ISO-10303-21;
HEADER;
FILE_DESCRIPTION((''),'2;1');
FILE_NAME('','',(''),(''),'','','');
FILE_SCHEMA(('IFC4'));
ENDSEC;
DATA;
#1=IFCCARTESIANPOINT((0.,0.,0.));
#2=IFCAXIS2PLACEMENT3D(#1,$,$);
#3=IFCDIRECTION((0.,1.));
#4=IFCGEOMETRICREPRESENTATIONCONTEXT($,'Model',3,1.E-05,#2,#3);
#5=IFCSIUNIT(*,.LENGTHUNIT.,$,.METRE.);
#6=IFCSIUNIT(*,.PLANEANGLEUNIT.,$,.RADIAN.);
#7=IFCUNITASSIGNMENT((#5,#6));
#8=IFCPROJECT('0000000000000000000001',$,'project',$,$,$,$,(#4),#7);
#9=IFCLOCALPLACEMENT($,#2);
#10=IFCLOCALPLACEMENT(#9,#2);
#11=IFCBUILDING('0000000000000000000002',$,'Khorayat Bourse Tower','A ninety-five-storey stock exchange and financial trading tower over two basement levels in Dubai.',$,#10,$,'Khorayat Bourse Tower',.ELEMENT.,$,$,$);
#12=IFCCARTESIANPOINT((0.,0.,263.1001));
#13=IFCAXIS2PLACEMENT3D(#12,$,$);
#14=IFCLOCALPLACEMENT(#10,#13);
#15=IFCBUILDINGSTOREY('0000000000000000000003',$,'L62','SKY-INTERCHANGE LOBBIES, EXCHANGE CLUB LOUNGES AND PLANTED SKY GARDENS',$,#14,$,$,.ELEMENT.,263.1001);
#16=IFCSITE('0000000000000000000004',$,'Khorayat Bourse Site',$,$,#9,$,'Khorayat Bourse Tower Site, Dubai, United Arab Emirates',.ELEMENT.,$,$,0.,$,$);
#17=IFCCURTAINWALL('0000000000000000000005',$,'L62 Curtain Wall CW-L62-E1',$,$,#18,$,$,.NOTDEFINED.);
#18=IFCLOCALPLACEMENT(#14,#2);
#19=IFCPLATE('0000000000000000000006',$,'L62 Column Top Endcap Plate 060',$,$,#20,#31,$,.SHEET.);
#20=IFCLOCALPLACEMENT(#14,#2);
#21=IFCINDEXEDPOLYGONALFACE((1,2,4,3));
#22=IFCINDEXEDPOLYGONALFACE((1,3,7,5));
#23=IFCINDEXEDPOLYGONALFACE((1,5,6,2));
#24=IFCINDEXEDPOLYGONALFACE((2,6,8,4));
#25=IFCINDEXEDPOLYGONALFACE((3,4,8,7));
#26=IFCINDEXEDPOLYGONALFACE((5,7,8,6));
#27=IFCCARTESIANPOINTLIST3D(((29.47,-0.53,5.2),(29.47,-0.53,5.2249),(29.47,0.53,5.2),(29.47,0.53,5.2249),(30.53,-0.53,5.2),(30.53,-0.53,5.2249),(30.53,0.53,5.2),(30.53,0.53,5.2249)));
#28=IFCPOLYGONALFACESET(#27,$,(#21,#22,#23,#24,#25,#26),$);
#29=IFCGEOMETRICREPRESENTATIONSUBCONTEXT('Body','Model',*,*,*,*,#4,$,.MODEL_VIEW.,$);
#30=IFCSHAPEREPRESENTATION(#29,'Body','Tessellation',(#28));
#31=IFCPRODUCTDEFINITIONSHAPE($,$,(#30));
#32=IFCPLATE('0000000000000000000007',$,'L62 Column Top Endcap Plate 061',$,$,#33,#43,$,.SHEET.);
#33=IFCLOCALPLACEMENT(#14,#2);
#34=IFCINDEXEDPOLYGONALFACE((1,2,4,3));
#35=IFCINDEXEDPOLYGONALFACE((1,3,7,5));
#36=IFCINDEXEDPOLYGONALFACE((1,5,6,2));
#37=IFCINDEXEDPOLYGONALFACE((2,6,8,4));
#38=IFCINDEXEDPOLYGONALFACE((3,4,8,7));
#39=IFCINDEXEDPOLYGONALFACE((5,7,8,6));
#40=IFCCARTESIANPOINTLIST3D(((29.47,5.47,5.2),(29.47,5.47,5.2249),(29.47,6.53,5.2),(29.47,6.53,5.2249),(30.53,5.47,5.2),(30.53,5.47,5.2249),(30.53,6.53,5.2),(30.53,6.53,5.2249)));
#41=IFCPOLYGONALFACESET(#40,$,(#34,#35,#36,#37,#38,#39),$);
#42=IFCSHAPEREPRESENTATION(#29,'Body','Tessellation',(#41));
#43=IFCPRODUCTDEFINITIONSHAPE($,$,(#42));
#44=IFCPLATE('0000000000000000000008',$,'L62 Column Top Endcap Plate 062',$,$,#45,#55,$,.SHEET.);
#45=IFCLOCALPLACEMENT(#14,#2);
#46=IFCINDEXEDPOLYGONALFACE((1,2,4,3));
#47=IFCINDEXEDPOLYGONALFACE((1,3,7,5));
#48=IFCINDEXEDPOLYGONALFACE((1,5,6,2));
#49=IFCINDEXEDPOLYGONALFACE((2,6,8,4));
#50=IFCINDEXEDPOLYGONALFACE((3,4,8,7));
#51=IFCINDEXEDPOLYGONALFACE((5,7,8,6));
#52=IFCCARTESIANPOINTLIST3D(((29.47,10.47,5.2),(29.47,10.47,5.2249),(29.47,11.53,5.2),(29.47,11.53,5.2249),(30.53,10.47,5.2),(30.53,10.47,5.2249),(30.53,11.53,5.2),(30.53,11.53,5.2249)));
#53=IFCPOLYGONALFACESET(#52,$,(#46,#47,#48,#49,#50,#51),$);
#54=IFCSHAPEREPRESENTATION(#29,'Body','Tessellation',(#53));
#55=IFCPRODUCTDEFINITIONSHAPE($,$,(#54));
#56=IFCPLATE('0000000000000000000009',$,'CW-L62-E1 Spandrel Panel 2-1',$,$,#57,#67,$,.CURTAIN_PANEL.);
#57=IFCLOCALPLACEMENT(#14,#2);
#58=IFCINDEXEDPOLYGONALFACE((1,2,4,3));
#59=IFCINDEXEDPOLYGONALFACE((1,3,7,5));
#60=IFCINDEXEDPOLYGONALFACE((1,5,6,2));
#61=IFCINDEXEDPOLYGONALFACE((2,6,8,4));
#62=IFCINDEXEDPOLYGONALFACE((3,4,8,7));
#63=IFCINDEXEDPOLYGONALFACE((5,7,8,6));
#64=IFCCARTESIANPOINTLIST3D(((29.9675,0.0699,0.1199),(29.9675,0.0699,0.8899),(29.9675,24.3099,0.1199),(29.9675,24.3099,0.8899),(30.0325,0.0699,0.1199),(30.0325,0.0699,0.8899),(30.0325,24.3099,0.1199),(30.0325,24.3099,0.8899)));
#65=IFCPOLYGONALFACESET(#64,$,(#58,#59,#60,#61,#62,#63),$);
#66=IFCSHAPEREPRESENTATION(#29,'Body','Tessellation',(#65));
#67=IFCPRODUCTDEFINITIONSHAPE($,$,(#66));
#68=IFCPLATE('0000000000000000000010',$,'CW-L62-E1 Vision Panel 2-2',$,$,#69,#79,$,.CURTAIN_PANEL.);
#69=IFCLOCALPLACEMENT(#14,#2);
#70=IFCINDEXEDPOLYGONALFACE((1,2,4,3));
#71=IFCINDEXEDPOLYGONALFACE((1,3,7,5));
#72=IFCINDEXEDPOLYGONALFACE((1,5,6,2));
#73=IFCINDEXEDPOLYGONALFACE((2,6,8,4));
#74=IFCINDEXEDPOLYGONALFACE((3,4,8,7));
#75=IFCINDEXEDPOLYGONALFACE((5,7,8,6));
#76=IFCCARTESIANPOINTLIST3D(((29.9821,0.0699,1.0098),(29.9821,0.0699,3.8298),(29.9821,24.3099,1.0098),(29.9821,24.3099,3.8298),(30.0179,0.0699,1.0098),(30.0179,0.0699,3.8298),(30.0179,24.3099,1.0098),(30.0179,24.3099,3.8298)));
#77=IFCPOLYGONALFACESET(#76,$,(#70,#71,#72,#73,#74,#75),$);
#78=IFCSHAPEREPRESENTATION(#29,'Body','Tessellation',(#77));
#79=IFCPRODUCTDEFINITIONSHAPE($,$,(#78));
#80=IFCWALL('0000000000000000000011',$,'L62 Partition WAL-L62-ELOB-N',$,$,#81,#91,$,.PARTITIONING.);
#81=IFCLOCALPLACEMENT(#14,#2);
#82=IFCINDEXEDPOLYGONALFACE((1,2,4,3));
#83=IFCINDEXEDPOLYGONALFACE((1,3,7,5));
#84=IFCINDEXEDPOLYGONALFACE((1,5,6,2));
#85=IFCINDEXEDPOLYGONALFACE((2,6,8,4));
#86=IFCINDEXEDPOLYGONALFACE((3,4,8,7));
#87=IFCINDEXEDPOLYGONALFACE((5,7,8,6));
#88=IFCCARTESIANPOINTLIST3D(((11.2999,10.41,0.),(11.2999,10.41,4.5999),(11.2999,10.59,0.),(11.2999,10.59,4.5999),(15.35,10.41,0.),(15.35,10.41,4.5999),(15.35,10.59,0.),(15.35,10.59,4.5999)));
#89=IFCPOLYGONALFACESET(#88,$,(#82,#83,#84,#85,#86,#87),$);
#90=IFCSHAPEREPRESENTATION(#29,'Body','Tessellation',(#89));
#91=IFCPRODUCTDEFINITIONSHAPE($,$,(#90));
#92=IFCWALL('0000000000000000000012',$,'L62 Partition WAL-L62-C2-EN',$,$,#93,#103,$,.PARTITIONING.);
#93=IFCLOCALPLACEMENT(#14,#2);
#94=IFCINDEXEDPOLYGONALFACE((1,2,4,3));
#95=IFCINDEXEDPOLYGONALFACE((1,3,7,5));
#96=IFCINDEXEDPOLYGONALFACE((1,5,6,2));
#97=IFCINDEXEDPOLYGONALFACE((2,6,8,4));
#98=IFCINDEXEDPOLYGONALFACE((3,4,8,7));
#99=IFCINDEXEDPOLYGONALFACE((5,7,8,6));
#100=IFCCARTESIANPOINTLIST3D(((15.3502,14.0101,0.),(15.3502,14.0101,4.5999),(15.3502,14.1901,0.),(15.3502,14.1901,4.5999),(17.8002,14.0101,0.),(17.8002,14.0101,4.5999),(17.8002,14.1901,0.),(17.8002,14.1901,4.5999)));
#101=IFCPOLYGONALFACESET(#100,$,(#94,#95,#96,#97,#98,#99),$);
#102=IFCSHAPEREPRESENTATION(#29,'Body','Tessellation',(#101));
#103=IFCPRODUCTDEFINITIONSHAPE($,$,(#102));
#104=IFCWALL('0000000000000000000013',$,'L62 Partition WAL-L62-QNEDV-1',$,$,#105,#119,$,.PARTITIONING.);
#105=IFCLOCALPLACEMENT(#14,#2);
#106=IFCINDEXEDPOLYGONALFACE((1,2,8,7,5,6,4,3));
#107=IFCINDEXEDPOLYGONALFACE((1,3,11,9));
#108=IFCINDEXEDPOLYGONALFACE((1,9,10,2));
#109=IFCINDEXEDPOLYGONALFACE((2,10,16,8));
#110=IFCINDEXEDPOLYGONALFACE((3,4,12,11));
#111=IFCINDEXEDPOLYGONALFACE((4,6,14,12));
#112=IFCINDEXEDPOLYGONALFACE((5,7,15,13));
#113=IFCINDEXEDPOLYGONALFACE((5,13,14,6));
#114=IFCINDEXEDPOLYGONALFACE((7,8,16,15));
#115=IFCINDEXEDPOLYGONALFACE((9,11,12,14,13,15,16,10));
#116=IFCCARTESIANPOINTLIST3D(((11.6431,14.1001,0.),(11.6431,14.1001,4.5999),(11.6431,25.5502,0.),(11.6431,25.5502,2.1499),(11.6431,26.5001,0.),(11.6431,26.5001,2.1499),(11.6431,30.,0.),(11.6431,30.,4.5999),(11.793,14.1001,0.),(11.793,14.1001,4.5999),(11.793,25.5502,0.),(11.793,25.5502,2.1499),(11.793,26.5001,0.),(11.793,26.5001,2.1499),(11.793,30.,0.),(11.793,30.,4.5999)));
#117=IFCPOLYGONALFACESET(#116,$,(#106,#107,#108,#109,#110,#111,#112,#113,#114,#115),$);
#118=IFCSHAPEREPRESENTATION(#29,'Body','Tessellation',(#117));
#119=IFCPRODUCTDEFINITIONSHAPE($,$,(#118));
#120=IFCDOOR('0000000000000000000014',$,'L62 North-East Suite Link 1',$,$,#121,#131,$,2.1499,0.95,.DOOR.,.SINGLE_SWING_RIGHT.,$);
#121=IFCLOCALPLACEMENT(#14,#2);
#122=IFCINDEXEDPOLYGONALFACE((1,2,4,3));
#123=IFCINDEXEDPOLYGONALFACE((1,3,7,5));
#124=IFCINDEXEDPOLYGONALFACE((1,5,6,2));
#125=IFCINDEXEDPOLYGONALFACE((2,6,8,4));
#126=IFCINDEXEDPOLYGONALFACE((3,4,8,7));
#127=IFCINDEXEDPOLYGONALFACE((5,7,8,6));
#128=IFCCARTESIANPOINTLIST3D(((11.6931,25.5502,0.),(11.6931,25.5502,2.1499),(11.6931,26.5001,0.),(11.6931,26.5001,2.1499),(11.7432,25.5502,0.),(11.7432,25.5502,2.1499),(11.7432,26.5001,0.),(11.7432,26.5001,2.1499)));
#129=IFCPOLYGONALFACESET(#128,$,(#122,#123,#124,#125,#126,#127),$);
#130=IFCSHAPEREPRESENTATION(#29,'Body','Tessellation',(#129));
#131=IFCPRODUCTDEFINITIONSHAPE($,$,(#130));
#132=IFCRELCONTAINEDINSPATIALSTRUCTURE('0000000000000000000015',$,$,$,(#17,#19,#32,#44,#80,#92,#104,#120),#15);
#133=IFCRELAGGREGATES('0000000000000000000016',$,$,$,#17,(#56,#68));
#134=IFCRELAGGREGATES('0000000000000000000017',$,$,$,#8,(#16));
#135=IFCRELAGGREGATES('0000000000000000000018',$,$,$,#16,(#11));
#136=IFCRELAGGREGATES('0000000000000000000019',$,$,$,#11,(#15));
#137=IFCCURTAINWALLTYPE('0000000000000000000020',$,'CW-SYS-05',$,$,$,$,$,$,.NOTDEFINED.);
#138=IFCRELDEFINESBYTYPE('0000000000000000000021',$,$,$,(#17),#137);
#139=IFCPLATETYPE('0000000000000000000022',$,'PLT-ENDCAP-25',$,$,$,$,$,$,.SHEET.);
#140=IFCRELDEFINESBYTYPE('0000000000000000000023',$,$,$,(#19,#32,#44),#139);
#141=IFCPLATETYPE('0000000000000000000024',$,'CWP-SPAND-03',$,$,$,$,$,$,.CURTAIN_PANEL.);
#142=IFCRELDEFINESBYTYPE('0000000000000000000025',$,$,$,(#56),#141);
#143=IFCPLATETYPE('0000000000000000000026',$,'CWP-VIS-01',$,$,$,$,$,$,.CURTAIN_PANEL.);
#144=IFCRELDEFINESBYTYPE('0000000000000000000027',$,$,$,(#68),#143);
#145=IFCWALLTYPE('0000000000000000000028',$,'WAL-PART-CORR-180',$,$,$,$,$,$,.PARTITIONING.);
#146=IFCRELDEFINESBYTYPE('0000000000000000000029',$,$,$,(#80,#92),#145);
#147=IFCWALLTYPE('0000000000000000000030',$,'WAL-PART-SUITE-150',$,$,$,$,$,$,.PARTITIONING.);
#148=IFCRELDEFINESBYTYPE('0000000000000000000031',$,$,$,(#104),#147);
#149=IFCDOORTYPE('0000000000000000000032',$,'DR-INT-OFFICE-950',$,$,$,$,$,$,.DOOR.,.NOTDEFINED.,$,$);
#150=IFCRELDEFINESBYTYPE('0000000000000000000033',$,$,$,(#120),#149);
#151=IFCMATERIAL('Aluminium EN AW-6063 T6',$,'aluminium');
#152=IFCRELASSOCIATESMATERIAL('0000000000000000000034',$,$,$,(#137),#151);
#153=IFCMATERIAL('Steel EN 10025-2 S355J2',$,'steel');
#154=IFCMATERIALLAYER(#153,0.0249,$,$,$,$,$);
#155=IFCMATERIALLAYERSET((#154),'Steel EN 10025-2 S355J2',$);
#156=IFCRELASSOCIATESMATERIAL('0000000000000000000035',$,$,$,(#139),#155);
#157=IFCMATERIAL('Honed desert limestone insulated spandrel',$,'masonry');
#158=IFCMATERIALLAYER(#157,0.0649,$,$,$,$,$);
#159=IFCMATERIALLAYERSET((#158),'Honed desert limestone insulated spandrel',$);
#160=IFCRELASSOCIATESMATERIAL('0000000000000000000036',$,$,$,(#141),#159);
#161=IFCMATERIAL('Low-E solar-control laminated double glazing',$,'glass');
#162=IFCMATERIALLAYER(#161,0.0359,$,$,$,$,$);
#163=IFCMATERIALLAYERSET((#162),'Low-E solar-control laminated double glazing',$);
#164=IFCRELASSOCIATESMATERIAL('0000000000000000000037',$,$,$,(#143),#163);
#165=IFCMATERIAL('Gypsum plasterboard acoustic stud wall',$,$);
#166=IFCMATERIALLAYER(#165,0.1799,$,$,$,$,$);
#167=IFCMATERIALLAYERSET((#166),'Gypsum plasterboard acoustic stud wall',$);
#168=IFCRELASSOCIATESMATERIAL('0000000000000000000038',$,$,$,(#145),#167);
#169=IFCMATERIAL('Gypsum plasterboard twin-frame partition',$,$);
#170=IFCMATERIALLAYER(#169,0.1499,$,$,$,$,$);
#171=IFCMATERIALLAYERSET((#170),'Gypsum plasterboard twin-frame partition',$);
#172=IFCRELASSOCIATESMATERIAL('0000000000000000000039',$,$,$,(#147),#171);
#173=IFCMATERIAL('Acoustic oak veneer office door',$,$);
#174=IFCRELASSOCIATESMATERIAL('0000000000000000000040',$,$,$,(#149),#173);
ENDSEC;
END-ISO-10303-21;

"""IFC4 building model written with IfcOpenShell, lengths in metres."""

from ifc_helpers import new_model, si_unit, direction, frame, frame_2d, origin, origin_2d, place, context, subcontext, project, spatial, rectangle, extrude, source, transform, mapped, material, layer, layer_set, type_object, element, fill, aggregate, save


model = new_model("IFC4")

# Units and contexts
model_context = context("Model", 3, precision=1e-05, world=origin(), true_north=direction((0.0, 1.0)))
body_context = subcontext(model_context, "Body", "Model", "MODEL_VIEW")
ifc_project = project(units=[si_unit("LENGTHUNIT", "METRE"), si_unit("PLANEANGLEUNIT", "RADIAN")], contexts=[model_context])

# Site, building, storey
site_placement = place(None, origin())
site = spatial("IfcSite", under=ifc_project, at=site_placement, Name="Khorayat Bourse Site", LongName="Khorayat Bourse Tower Site, Dubai, United Arab Emirates", CompositionType="ELEMENT", RefElevation=0.0)
building_placement = place(site_placement, origin())
building = spatial("IfcBuilding", under=site, at=building_placement, Name="Khorayat Bourse Tower", Description="A ninety-five-storey stock exchange and financial trading tower over two basement levels in Dubai.", LongName="Khorayat Bourse Tower", CompositionType="ELEMENT")
storey_placement = place(building_placement, frame((0.0, 0.0, 263.1001)))
storey = spatial("IfcBuildingStorey", under=building, at=storey_placement, Name="L62", Description="SKY-INTERCHANGE LOBBIES, EXCHANGE CLUB LOUNGES AND PLANTED SKY GARDENS", CompositionType="ELEMENT", Elevation=263.1001)

# Curtain wall
ifc_material_1 = material(Name="Aluminium EN AW-6063 T6", Category="aluminium")
curtain_wall_type = type_object("IfcCurtainWallType", Name="CW-SYS-05", PredefinedType="NOTDEFINED", material=ifc_material_1)
curtain_wall_placement = place(storey_placement, origin())
curtain_wall = element("IfcCurtainWall", 1, at=curtain_wall_placement, inside=storey, type_object=curtain_wall_type, Name="L62 Curtain Wall CW-L62-E1", PredefinedType="NOTDEFINED")

# Plates
ifc_material_2 = material(Name="Steel EN 10025-2 S355J2", Category="steel")
ifc_layer_1 = layer(ifc_material_2, 0.0249)
ifc_layer_set_1 = layer_set([ifc_layer_1], Name="Steel EN 10025-2 S355J2")
plate_type_1 = type_object("IfcPlateType", Name="PLT-ENDCAP-25", PredefinedType="SHEET", material=ifc_layer_set_1)
shared_shape_1 = source(origin(), body_context, "Body", "SweptSolid", [
    extrude(rectangle(XDim=1.0601, YDim=1.0601, at=origin_2d()), origin(), (0.0, 0.0, 1.0), 0.0249),
])
for number, where, z_axis, x_axis, name in (
    (2, (30.0, 0.0, 5.2), (0.0, 0.0, 1.0), (1.0, 0.0, 0.0), "L62 Column Top Endcap Plate 060"),
    (3, (30.0, 6.0, 5.2), (0.0, 0.0, 1.0), (1.0, 0.0, 0.0), "L62 Column Top Endcap Plate 061"),
    (4, (30.0, 11.0, 5.2), (0.0, 0.0, 1.0), (1.0, 0.0, 0.0), "L62 Column Top Endcap Plate 062"),
):
    element("IfcPlate", number, at=place(storey_placement, frame(where, z_axis=z_axis, x_axis=x_axis)), inside=storey, type_object=plate_type_1, Name=name, PredefinedType="SHEET", context=body_context, shape_type="MappedRepresentation", body=[
        mapped(shared_shape_1, transform((0.0, 0.0, 0.0), scale=1.0)),
    ])

# Plates
ifc_material_3 = material(Name="Honed desert limestone insulated spandrel", Category="masonry")
ifc_layer_2 = layer(ifc_material_3, 0.0649)
ifc_layer_set_2 = layer_set([ifc_layer_2], Name="Honed desert limestone insulated spandrel")
plate_type_2 = type_object("IfcPlateType", Name="CWP-SPAND-03", PredefinedType="CURTAIN_PANEL", material=ifc_layer_set_2)
shared_shape_2 = source(origin(), body_context, "Body", "SweptSolid", [
    extrude(rectangle(XDim=24.24, YDim=0.0649, at=origin_2d()), origin(), (0.0, 0.0, 1.0), 0.77),
])
plate_1_placement = place(storey_placement, frame((30.0, 12.1899, 0.1199), z_axis=(0.0, 0.0, 1.0), x_axis=(0.0, 1.0, 0.0)))
plate_1 = element("IfcPlate", 5, at=plate_1_placement, type_object=plate_type_2, Name="CW-L62-E1 Spandrel Panel 2-1", PredefinedType="CURTAIN_PANEL", context=body_context, shape_type="MappedRepresentation", body=[
    mapped(shared_shape_2, transform((0.0, 0.0, 0.0), scale=1.0)),
])
ifc_material_4 = material(Name="Low-E solar-control laminated double glazing", Category="glass")
ifc_layer_3 = layer(ifc_material_4, 0.0359)
ifc_layer_set_3 = layer_set([ifc_layer_3], Name="Low-E solar-control laminated double glazing")
plate_type_3 = type_object("IfcPlateType", Name="CWP-VIS-01", PredefinedType="CURTAIN_PANEL", material=ifc_layer_set_3)
shared_shape_3 = source(origin(), body_context, "Body", "SweptSolid", [
    extrude(rectangle(XDim=24.24, YDim=0.0359, at=origin_2d()), origin(), (0.0, 0.0, 1.0), 2.8201),
])
plate_2_placement = place(storey_placement, frame((30.0, 12.1899, 1.0098), z_axis=(0.0, 0.0, 1.0), x_axis=(0.0, 1.0, 0.0)))
plate_2 = element("IfcPlate", 6, at=plate_2_placement, type_object=plate_type_3, Name="CW-L62-E1 Vision Panel 2-2", PredefinedType="CURTAIN_PANEL", context=body_context, shape_type="MappedRepresentation", body=[
    mapped(shared_shape_3, transform((0.0, 0.0, 0.0), scale=1.0)),
])
aggregate(curtain_wall, [plate_1, plate_2])

# Walls
ifc_material_5 = material(Name="Gypsum plasterboard acoustic stud wall")
ifc_layer_4 = layer(ifc_material_5, 0.1799)
ifc_layer_set_4 = layer_set([ifc_layer_4], Name="Gypsum plasterboard acoustic stud wall")
wall_type_1 = type_object("IfcWallType", Name="WAL-PART-CORR-180", PredefinedType="PARTITIONING", material=ifc_layer_set_4)
shared_shape_4 = source(origin(), body_context, "Body", "SweptSolid", [
    extrude(rectangle(XDim=4.05, YDim=0.1799, at=frame_2d((2.0249, 0.0))), origin(), (0.0, 0.0, 1.0), 4.5999),
])
wall_1_placement = place(storey_placement, frame((11.3, 10.5, 0.0), z_axis=(0.0, 0.0, 1.0), x_axis=(1.0, 0.0, 0.0)))
element("IfcWall", 7, at=wall_1_placement, inside=storey, type_object=wall_type_1, Name="L62 Partition WAL-L62-ELOB-N", PredefinedType="PARTITIONING", context=body_context, shape_type="MappedRepresentation", body=[
    mapped(shared_shape_4, transform((0.0, 0.0, 0.0), scale=1.0)),
])
shared_shape_5 = source(origin(), body_context, "Body", "SweptSolid", [
    extrude(rectangle(XDim=2.45, YDim=0.1799, at=frame_2d((1.2251, 0.0))), origin(), (0.0, 0.0, 1.0), 4.5999),
])
wall_2_placement = place(storey_placement, frame((15.3501, 14.1001, 0.0), z_axis=(0.0, 0.0, 1.0), x_axis=(1.0, 0.0, 0.0)))
element("IfcWall", 8, at=wall_2_placement, inside=storey, type_object=wall_type_1, Name="L62 Partition WAL-L62-C2-EN", PredefinedType="PARTITIONING", context=body_context, shape_type="MappedRepresentation", body=[
    mapped(shared_shape_5, transform((0.0, 0.0, 0.0), scale=1.0)),
])

# Wall, opening, door
ifc_material_6 = material(Name="Gypsum plasterboard twin-frame partition")
ifc_layer_5 = layer(ifc_material_6, 0.1499)
ifc_layer_set_5 = layer_set([ifc_layer_5], Name="Gypsum plasterboard twin-frame partition")
wall_type_2 = type_object("IfcWallType", Name="WAL-PART-SUITE-150", PredefinedType="PARTITIONING", material=ifc_layer_set_5)
shared_shape_6 = source(origin(), body_context, "Body", "SweptSolid", [
    extrude(rectangle(XDim=15.8999, YDim=0.1499, at=frame_2d((7.95, 0.0))), origin(), (0.0, 0.0, 1.0), 4.5999),
])
wall_3_placement = place(storey_placement, frame((11.718, 14.1001, 0.0), z_axis=(0.0, 0.0, 1.0), x_axis=(0.0, 1.0, 0.0)))
wall_3 = element("IfcWall", 9, at=wall_3_placement, inside=storey, type_object=wall_type_2, Name="L62 Partition WAL-L62-QNEDV-1", PredefinedType="PARTITIONING", context=body_context, shape_type="MappedRepresentation", body=[
    mapped(shared_shape_6, transform((0.0, 0.0, 0.0), scale=1.0)),
])
shared_shape_7 = source(origin(), body_context, "Body", "SweptSolid", [
    extrude(rectangle(XDim=0.95, YDim=2.1499, at=frame_2d((0.4751, 1.075))), frame((0.0, 0.085, 0.0), z_axis=(0.0, -1.0, 0.0), x_axis=(1.0, 0.0, 0.0)), (0.0, 0.0, 1.0), 0.1699),
])
opening_placement = place(wall_3_placement, frame((11.45, 0.0, 0.0)))
opening = element("IfcOpeningElement", 10, at=opening_placement, cuts=wall_3, PredefinedType="OPENING", context=body_context, shape_type="MappedRepresentation", body=[
    mapped(shared_shape_7, transform((0.0, 0.0, 0.0), scale=1.0)),
])
ifc_material_7 = material(Name="Acoustic oak veneer office door")
door_type = type_object("IfcDoorType", Name="DR-INT-OFFICE-950", OperationType="NOTDEFINED", PredefinedType="DOOR", material=ifc_material_7)
shared_shape_8 = source(origin(), body_context, "Body", "SweptSolid", [
    extrude(rectangle(XDim=0.95, YDim=2.1499, at=frame_2d((0.4751, 1.075))), frame((0.0, 0.0249, 0.0), z_axis=(0.0, -1.0, 0.0), x_axis=(1.0, 0.0, 0.0)), (0.0, 0.0, 1.0), 0.05),
])
door_placement = place(opening_placement, origin())
door = element("IfcDoor", 11, at=door_placement, inside=storey, type_object=door_type, Name="L62 North-East Suite Link 1", OperationType="SINGLE_SWING_RIGHT", OverallHeight=2.1499, OverallWidth=0.95, PredefinedType="DOOR", context=body_context, shape_type="MappedRepresentation", body=[
    mapped(shared_shape_8, transform((0.0, 0.0, 0.0), scale=1.0)),
])
fill(opening, door)

save(model, "model.ifc")
